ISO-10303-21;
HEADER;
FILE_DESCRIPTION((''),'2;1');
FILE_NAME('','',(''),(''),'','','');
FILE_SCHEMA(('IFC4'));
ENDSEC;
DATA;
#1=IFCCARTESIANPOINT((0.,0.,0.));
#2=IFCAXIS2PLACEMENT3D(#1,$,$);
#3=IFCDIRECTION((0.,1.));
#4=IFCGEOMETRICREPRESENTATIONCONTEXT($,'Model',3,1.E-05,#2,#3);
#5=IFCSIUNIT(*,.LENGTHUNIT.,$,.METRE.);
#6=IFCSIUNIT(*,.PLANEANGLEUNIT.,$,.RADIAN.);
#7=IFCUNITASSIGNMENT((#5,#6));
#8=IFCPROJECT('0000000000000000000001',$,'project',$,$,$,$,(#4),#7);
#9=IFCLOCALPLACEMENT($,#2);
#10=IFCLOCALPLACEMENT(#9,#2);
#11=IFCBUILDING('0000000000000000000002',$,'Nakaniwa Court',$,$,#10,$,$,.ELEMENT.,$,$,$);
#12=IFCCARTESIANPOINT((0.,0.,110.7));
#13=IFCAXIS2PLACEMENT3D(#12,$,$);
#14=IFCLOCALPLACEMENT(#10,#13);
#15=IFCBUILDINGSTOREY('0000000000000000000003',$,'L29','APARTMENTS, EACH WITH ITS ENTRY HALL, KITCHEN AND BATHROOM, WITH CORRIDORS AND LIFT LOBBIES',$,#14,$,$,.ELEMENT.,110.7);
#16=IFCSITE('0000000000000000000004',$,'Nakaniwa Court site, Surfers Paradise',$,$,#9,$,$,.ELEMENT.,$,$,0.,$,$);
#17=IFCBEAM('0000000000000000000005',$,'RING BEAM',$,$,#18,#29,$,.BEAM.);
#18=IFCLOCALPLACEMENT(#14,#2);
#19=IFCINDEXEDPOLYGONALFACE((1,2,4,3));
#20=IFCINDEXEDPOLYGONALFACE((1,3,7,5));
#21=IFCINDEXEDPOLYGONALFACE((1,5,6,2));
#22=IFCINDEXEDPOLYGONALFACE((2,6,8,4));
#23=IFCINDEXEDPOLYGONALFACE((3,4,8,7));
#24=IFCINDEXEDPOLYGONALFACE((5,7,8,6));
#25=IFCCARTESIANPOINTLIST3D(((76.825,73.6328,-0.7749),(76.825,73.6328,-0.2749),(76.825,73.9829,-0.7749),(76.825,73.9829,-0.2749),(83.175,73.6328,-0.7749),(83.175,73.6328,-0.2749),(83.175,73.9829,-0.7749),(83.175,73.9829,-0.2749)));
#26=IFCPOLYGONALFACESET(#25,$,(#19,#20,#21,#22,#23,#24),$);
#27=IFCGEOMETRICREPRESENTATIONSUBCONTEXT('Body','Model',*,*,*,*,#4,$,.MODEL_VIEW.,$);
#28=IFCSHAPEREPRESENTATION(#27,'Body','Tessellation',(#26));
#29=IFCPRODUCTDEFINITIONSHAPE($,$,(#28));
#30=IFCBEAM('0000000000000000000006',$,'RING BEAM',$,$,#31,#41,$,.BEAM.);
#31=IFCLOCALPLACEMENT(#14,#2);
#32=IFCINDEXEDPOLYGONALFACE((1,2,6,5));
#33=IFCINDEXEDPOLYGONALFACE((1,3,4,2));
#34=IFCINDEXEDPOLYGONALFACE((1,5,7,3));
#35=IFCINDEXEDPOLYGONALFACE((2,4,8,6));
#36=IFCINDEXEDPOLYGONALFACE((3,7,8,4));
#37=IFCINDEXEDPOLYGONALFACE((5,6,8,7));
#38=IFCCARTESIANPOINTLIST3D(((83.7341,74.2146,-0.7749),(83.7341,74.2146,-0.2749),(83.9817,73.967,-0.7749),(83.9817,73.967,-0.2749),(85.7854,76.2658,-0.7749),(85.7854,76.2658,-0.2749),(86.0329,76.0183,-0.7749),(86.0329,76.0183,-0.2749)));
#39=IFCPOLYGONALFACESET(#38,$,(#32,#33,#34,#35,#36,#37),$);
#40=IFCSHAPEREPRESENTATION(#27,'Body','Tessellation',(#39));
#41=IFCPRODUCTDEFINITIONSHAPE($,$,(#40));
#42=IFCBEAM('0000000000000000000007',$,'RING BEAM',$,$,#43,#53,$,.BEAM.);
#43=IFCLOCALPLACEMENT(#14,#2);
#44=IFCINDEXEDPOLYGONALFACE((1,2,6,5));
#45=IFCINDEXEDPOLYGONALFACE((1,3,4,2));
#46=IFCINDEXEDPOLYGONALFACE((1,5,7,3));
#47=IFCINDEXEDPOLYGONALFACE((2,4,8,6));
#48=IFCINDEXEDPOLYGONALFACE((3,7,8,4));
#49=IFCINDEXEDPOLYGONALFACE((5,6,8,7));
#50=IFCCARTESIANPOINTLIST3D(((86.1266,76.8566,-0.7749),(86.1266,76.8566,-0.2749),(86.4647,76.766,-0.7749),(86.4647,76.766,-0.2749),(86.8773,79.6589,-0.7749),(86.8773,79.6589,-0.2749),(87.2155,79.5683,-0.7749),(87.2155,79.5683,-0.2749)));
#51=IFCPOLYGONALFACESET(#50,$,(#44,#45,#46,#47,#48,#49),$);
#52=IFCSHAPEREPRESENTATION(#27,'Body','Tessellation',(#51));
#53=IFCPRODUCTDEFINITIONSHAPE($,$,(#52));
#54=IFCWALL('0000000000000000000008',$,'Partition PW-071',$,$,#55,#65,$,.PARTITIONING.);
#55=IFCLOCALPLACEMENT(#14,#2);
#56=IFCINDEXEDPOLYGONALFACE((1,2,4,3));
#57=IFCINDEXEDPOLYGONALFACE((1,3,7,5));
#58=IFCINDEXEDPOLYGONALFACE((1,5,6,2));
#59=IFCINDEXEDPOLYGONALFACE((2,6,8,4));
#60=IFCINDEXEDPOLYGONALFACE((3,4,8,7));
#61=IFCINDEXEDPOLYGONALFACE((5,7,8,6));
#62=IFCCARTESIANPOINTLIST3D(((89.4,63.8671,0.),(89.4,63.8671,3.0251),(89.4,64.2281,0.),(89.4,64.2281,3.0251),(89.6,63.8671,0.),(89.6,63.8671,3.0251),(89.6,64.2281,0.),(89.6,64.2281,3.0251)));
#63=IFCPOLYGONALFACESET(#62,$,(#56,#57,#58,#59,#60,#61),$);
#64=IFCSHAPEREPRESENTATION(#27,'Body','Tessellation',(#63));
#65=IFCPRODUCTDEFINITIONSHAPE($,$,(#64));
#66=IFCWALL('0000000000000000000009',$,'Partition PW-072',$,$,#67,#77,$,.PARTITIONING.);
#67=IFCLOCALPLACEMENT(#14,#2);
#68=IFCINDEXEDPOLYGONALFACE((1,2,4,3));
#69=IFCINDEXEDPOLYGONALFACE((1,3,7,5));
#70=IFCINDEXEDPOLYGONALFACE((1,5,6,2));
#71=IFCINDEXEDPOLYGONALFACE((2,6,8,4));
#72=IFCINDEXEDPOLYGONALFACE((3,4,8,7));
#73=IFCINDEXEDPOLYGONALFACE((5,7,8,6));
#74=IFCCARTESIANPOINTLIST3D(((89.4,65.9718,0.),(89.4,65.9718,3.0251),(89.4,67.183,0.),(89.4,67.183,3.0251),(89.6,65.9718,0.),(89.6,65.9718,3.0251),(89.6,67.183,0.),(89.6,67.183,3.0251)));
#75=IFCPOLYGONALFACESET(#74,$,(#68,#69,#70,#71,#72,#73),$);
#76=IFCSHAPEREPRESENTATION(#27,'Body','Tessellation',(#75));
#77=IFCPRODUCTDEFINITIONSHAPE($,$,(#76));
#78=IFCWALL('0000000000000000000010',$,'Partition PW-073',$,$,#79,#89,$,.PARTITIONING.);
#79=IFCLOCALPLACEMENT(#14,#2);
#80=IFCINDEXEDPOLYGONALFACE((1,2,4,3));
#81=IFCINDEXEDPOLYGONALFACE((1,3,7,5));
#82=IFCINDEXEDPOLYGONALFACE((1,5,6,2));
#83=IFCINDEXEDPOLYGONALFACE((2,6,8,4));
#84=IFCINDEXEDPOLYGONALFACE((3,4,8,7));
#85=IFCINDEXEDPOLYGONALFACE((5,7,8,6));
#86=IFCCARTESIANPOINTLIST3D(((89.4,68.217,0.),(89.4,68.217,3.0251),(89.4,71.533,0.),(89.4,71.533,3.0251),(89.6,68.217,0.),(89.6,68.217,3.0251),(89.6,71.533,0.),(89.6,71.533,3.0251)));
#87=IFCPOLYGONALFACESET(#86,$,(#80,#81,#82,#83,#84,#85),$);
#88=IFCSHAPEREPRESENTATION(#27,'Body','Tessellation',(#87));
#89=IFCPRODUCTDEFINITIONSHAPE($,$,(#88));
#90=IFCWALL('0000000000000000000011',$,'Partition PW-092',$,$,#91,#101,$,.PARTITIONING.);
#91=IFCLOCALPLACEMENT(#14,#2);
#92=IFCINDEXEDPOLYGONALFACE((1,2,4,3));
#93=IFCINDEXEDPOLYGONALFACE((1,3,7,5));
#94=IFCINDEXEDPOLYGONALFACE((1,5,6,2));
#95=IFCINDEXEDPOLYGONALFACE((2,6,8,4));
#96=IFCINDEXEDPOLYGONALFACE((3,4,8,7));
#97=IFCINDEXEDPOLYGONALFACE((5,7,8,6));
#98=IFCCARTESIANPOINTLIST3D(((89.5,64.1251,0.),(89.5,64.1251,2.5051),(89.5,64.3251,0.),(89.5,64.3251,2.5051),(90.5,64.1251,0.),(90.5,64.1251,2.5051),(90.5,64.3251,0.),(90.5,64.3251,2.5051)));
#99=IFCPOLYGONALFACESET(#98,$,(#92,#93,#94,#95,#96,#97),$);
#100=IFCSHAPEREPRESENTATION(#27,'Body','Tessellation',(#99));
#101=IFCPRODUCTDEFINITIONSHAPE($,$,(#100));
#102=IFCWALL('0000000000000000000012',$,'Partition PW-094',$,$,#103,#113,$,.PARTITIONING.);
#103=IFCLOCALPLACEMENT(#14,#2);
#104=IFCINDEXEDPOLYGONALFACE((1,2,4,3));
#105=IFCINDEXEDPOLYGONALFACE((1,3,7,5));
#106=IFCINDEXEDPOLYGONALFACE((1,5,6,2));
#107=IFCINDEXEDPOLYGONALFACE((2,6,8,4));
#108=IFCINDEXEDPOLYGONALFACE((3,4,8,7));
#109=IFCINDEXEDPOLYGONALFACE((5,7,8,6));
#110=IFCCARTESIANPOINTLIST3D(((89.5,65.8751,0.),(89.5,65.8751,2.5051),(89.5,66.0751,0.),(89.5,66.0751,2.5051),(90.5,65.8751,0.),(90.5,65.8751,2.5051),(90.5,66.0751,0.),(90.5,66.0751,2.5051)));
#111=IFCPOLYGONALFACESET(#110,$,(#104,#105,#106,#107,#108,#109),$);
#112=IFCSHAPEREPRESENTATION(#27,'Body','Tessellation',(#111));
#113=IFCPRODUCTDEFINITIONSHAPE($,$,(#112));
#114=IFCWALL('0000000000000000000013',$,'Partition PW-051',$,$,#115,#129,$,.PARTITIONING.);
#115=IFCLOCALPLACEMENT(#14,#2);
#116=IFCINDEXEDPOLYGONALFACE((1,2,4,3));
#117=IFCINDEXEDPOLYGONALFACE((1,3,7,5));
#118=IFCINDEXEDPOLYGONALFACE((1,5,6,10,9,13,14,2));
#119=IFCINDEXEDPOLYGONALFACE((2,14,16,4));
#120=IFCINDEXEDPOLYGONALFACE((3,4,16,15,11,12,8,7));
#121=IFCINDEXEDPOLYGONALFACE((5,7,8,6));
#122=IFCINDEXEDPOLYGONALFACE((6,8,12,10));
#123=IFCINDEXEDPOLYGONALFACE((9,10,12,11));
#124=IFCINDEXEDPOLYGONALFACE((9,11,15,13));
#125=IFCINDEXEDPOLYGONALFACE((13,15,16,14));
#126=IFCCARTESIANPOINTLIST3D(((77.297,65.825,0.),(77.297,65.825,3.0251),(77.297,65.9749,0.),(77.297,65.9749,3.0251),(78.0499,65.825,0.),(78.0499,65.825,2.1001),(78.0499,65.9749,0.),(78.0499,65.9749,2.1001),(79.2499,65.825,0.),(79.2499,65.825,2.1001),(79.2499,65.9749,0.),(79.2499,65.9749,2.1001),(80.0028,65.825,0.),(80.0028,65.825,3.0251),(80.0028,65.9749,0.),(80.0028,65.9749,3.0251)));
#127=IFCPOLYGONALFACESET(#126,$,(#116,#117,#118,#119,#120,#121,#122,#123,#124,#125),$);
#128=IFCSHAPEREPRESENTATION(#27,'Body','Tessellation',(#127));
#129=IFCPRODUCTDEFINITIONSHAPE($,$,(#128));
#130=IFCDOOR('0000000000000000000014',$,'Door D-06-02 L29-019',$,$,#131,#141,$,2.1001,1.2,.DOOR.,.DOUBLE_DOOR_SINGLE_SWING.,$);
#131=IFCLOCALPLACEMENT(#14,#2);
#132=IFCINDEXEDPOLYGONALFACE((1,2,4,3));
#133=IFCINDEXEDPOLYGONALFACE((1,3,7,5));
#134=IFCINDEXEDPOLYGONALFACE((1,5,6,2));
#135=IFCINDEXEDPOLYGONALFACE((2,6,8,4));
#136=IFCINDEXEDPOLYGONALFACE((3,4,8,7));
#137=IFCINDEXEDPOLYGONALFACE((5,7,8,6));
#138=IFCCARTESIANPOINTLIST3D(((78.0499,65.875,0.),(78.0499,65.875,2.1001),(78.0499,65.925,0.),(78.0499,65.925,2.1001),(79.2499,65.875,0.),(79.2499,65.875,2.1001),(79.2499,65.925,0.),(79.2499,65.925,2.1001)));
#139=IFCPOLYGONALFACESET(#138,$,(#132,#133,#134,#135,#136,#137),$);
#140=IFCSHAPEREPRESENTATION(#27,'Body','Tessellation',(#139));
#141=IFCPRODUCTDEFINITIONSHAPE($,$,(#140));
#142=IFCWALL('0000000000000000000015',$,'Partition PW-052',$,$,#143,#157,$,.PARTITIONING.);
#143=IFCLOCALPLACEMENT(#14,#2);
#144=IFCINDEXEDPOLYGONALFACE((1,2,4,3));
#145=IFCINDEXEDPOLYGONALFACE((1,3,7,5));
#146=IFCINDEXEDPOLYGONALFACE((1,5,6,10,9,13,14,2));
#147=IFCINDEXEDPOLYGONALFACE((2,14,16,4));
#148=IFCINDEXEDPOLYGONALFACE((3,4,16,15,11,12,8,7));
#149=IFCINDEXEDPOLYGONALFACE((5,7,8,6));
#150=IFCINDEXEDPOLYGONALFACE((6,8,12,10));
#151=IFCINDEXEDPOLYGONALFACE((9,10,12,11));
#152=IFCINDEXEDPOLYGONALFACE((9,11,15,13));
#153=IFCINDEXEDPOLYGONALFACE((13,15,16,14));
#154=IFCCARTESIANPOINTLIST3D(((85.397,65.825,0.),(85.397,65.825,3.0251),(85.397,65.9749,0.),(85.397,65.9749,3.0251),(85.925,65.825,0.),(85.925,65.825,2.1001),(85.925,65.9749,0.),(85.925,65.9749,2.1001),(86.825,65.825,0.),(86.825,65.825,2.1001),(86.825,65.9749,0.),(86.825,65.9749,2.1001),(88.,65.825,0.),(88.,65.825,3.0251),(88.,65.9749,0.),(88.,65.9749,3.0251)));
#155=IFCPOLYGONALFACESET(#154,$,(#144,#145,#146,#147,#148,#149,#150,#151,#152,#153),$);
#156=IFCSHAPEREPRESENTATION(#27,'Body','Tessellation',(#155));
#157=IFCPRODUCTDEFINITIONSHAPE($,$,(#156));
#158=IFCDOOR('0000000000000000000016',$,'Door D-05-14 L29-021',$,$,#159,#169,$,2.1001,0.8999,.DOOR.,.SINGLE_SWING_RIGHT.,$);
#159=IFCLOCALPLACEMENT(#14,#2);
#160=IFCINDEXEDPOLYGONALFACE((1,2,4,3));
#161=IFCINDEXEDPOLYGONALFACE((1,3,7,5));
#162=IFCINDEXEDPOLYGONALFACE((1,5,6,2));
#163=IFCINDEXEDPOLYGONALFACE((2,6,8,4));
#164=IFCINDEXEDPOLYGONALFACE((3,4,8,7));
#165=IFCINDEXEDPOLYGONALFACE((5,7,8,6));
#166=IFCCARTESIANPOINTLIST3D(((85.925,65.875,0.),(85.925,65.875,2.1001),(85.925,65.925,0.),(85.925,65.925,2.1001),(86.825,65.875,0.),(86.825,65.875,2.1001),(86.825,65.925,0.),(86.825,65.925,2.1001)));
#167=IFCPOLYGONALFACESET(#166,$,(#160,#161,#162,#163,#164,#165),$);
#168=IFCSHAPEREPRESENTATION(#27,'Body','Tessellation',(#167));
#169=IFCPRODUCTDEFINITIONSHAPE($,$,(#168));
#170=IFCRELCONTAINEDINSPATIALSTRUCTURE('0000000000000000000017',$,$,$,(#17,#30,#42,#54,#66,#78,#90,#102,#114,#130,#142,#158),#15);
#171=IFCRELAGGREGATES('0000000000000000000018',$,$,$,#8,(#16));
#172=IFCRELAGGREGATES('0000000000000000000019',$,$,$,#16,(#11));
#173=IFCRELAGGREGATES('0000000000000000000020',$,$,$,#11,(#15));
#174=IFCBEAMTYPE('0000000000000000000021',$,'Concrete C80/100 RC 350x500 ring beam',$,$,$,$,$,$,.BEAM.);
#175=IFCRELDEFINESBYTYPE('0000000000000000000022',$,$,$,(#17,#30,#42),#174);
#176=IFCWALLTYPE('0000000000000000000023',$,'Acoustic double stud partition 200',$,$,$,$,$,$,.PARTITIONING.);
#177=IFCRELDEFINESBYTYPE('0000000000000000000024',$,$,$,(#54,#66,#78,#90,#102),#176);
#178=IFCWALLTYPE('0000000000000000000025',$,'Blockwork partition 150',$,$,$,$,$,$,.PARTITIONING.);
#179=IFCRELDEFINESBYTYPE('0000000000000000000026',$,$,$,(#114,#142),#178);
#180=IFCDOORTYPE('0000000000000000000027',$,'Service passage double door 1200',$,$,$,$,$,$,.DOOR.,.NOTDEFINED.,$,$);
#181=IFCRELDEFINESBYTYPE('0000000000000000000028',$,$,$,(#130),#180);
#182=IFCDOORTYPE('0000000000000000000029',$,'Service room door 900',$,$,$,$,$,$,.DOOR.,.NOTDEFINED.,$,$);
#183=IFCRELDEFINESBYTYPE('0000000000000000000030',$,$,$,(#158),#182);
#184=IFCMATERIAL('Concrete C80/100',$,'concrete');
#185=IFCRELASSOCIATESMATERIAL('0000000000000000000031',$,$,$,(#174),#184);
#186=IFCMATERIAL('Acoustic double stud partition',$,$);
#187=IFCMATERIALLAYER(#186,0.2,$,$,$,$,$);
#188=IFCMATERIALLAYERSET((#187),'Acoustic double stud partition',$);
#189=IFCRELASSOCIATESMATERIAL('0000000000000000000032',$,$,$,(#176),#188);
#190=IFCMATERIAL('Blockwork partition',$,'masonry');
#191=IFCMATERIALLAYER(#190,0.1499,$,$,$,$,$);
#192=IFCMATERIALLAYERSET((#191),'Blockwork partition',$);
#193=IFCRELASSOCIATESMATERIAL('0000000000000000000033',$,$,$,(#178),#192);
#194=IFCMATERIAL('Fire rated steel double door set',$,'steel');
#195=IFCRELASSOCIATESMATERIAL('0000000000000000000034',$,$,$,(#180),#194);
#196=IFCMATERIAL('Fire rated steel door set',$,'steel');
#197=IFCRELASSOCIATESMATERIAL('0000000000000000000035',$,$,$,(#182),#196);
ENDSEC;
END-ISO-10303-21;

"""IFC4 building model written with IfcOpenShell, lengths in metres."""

from ifc_helpers import new_model, si_unit, direction, frame, frame_2d, origin, origin_2d, place, context, subcontext, project, spatial, rectangle, extrude, material, layer, layer_set, material_profile, profile_set, type_object, element, fill, save


model = new_model("IFC4")

# Units and contexts
model_context = context("Model", 3, precision=1e-05, world=origin(), true_north=direction((0.0, 1.0)))
body_context = subcontext(model_context, "Body", "Model", "MODEL_VIEW")
ifc_project = project(units=[si_unit("LENGTHUNIT", "METRE"), si_unit("PLANEANGLEUNIT", "RADIAN")], contexts=[model_context])

# Site, building, storey
site_placement = place(None, origin())
site = spatial("IfcSite", under=ifc_project, at=site_placement, Name="Nakaniwa Court site, Surfers Paradise", CompositionType="ELEMENT", RefElevation=0.0)
building_placement = place(site_placement, origin())
building = spatial("IfcBuilding", under=site, at=building_placement, Name="Nakaniwa Court", CompositionType="ELEMENT")
storey_placement = place(building_placement, frame((0.0, 0.0, 110.7)))
storey = spatial("IfcBuildingStorey", under=building, at=storey_placement, Name="L29", Description="APARTMENTS, EACH WITH ITS ENTRY HALL, KITCHEN AND BATHROOM, WITH CORRIDORS AND LIFT LOBBIES", CompositionType="ELEMENT", Elevation=110.7)

# Shared definitions
ifc_material_1 = material(Name="Concrete C80/100", Category="concrete")

# Beams
ifc_material_profile_1 = material_profile(ifc_material_1, rectangle(XDim=0.3501, YDim=0.5, at=origin_2d()), Name="Concrete C80/100 RC 350x500 ring beam")
ifc_profile_set_1 = profile_set([ifc_material_profile_1], Name="Concrete C80/100")
beam_type = type_object("IfcBeamType", Name="Concrete C80/100 RC 350x500 ring beam", PredefinedType="BEAM", material=ifc_profile_set_1)
beam_1_placement = place(storey_placement, frame((76.825, 73.8079, -0.5249), z_axis=(1.0, 0.0, 0.0), x_axis=(0.0, 1.0, 0.0)))
element("IfcBeam", 1, at=beam_1_placement, inside=storey, type_object=beam_type, Name="RING BEAM", PredefinedType="BEAM", context=body_context, shape_type="SweptSolid", body=[
    extrude(rectangle(XDim=0.3501, YDim=0.5, at=origin_2d()), origin(), (0.0, 0.0, 1.0), 6.3501),
])
beam_2_placement = place(storey_placement, frame((83.8579, 74.0908, -0.5249), z_axis=(0.707107, 0.707107, 0.0), x_axis=(-0.707107, 0.707107, 0.0)))
element("IfcBeam", 2, at=beam_2_placement, inside=storey, type_object=beam_type, Name="RING BEAM", PredefinedType="BEAM", context=body_context, shape_type="SweptSolid", body=[
    extrude(rectangle(XDim=0.3501, YDim=0.5, at=origin_2d()), origin(), (0.0, 0.0, 1.0), 2.9009),
])
beam_3_placement = place(storey_placement, frame((86.2957, 76.8113, -0.5249), z_axis=(0.258778, 0.965937, 0.0), x_axis=(-0.965937, 0.258778, 0.0)))
element("IfcBeam", 3, at=beam_3_placement, inside=storey, type_object=beam_type, Name="RING BEAM", PredefinedType="BEAM", context=body_context, shape_type="SweptSolid", body=[
    extrude(rectangle(XDim=0.3501, YDim=0.5, at=origin_2d()), origin(), (0.0, 0.0, 1.0), 2.9011),
])

# Walls
ifc_material_2 = material(Name="Acoustic double stud partition")
ifc_layer_1 = layer(ifc_material_2, 0.2)
ifc_layer_set_1 = layer_set([ifc_layer_1], Name="Acoustic double stud partition")
wall_type_1 = type_object("IfcWallType", Name="Acoustic double stud partition 200", PredefinedType="PARTITIONING", material=ifc_layer_set_1)
wall_1_placement = place(storey_placement, frame((89.5, 63.8669, 0.0), z_axis=(0.0, 0.0, 1.0), x_axis=(0.0, 1.0, 0.0)))
element("IfcWall", 4, at=wall_1_placement, inside=storey, type_object=wall_type_1, Name="Partition PW-071", PredefinedType="PARTITIONING", context=body_context, shape_type="SweptSolid", body=[
    extrude(rectangle(XDim=0.3611, YDim=0.2, at=frame_2d((0.1807, 0.0))), origin(), (0.0, 0.0, 1.0), 3.0251),
])
wall_2_placement = place(storey_placement, frame((89.5, 65.9719, 0.0), z_axis=(0.0, 0.0, 1.0), x_axis=(0.0, 1.0, 0.0)))
element("IfcWall", 5, at=wall_2_placement, inside=storey, type_object=wall_type_1, Name="Partition PW-072", PredefinedType="PARTITIONING", context=body_context, shape_type="SweptSolid", body=[
    extrude(rectangle(XDim=1.2112, YDim=0.2, at=frame_2d((0.6055, 0.0))), origin(), (0.0, 0.0, 1.0), 3.0251),
])
wall_3_placement = place(storey_placement, frame((89.5, 68.217, 0.0), z_axis=(0.0, 0.0, 1.0), x_axis=(0.0, 1.0, 0.0)))
element("IfcWall", 6, at=wall_3_placement, inside=storey, type_object=wall_type_1, Name="Partition PW-073", PredefinedType="PARTITIONING", context=body_context, shape_type="SweptSolid", body=[
    extrude(rectangle(XDim=3.3159, YDim=0.2, at=frame_2d((1.658, 0.0))), origin(), (0.0, 0.0, 1.0), 3.0251),
])
for number, where, z_axis, x_axis, name in (
    (7, (89.5, 64.2251, 0.0), (0.0, 0.0, 1.0), (1.0, 0.0, 0.0), "Partition PW-092"),
    (8, (89.5, 65.9751, 0.0), (0.0, 0.0, 1.0), (1.0, 0.0, 0.0), "Partition PW-094"),
):
    element("IfcWall", number, at=place(storey_placement, frame(where, z_axis=z_axis, x_axis=x_axis)), inside=storey, type_object=wall_type_1, Name=name, PredefinedType="PARTITIONING", context=body_context, shape_type="SweptSolid", body=[
        extrude(rectangle(XDim=1.0, YDim=0.2, at=frame_2d((0.5, 0.0))), origin(), (0.0, 0.0, 1.0), 2.5051),
    ])

# Walls, openings, doors
ifc_material_3 = material(Name="Blockwork partition", Category="masonry")
ifc_layer_2 = layer(ifc_material_3, 0.1499)
ifc_layer_set_2 = layer_set([ifc_layer_2], Name="Blockwork partition")
wall_type_2 = type_object("IfcWallType", Name="Blockwork partition 150", PredefinedType="PARTITIONING", material=ifc_layer_set_2)
wall_4_placement = place(storey_placement, frame((80.0029, 65.8999, 0.0), z_axis=(0.0, 0.0, 1.0), x_axis=(-1.0, 0.0, 0.0)))
wall_4 = element("IfcWall", 9, at=wall_4_placement, inside=storey, type_object=wall_type_2, Name="Partition PW-051", PredefinedType="PARTITIONING", context=body_context, shape_type="SweptSolid", body=[
    extrude(rectangle(XDim=2.7058, YDim=0.1499, at=frame_2d((1.353, 0.0))), origin(), (0.0, 0.0, 1.0), 3.0251),
])
opening_1_placement = place(wall_4_placement, frame((0.7529, 0.0, 0.0)))
opening_1 = element("IfcOpeningElement", 10, at=opening_1_placement, cuts=wall_4, PredefinedType="OPENING", context=body_context, shape_type="SweptSolid", body=[
    extrude(rectangle(XDim=1.2, YDim=2.1001, at=frame_2d((0.6001, 1.05))), frame((0.0, 0.085, 0.0), z_axis=(0.0, -1.0, 0.0), x_axis=(1.0, 0.0, 0.0)), (0.0, 0.0, 1.0), 0.1699),
])
ifc_material_4 = material(Name="Fire rated steel double door set", Category="steel")
door_type_1 = type_object("IfcDoorType", Name="Service passage double door 1200", OperationType="NOTDEFINED", PredefinedType="DOOR", material=ifc_material_4)
door_1_placement = place(opening_1_placement, origin())
door_1 = element("IfcDoor", 11, at=door_1_placement, inside=storey, type_object=door_type_1, Name="Door D-06-02 L29-019", OperationType="DOUBLE_DOOR_SINGLE_SWING", OverallHeight=2.1001, OverallWidth=1.2, PredefinedType="DOOR", context=body_context, shape_type="SweptSolid", body=[
    extrude(rectangle(XDim=1.2, YDim=2.1001, at=frame_2d((0.6001, 1.05))), frame((0.0, 0.0249, 0.0), z_axis=(0.0, -1.0, 0.0), x_axis=(1.0, 0.0, 0.0)), (0.0, 0.0, 1.0), 0.05),
])
fill(opening_1, door_1)
wall_5_placement = place(storey_placement, frame((88.0, 65.8999, 0.0), z_axis=(0.0, 0.0, 1.0), x_axis=(-1.0, 0.0, 0.0)))
wall_5 = element("IfcWall", 12, at=wall_5_placement, inside=storey, type_object=wall_type_2, Name="Partition PW-052", PredefinedType="PARTITIONING", context=body_context, shape_type="SweptSolid", body=[
    extrude(rectangle(XDim=2.603, YDim=0.1499, at=frame_2d((1.3015, 0.0))), origin(), (0.0, 0.0, 1.0), 3.0251),
])
opening_2_placement = place(wall_5_placement, frame((1.175, 0.0, 0.0)))
opening_2 = element("IfcOpeningElement", 13, at=opening_2_placement, cuts=wall_5, PredefinedType="OPENING", context=body_context, shape_type="SweptSolid", body=[
    extrude(rectangle(XDim=0.8999, YDim=2.1001, at=frame_2d((0.45, 1.05))), frame((0.0, 0.085, 0.0), z_axis=(0.0, -1.0, 0.0), x_axis=(1.0, 0.0, 0.0)), (0.0, 0.0, 1.0), 0.1699),
])
ifc_material_5 = material(Name="Fire rated steel door set", Category="steel")
door_type_2 = type_object("IfcDoorType", Name="Service room door 900", OperationType="NOTDEFINED", PredefinedType="DOOR", material=ifc_material_5)
door_2_placement = place(opening_2_placement, origin())
door_2 = element("IfcDoor", 14, at=door_2_placement, inside=storey, type_object=door_type_2, Name="Door D-05-14 L29-021", OperationType="SINGLE_SWING_RIGHT", OverallHeight=2.1001, OverallWidth=0.8999, PredefinedType="DOOR", context=body_context, shape_type="SweptSolid", body=[
    extrude(rectangle(XDim=0.8999, YDim=2.1001, at=frame_2d((0.45, 1.05))), frame((0.0, 0.0249, 0.0), z_axis=(0.0, -1.0, 0.0), x_axis=(1.0, 0.0, 0.0)), (0.0, 0.0, 1.0), 0.05),
])
fill(opening_2, door_2)

save(model, "model.ifc")
